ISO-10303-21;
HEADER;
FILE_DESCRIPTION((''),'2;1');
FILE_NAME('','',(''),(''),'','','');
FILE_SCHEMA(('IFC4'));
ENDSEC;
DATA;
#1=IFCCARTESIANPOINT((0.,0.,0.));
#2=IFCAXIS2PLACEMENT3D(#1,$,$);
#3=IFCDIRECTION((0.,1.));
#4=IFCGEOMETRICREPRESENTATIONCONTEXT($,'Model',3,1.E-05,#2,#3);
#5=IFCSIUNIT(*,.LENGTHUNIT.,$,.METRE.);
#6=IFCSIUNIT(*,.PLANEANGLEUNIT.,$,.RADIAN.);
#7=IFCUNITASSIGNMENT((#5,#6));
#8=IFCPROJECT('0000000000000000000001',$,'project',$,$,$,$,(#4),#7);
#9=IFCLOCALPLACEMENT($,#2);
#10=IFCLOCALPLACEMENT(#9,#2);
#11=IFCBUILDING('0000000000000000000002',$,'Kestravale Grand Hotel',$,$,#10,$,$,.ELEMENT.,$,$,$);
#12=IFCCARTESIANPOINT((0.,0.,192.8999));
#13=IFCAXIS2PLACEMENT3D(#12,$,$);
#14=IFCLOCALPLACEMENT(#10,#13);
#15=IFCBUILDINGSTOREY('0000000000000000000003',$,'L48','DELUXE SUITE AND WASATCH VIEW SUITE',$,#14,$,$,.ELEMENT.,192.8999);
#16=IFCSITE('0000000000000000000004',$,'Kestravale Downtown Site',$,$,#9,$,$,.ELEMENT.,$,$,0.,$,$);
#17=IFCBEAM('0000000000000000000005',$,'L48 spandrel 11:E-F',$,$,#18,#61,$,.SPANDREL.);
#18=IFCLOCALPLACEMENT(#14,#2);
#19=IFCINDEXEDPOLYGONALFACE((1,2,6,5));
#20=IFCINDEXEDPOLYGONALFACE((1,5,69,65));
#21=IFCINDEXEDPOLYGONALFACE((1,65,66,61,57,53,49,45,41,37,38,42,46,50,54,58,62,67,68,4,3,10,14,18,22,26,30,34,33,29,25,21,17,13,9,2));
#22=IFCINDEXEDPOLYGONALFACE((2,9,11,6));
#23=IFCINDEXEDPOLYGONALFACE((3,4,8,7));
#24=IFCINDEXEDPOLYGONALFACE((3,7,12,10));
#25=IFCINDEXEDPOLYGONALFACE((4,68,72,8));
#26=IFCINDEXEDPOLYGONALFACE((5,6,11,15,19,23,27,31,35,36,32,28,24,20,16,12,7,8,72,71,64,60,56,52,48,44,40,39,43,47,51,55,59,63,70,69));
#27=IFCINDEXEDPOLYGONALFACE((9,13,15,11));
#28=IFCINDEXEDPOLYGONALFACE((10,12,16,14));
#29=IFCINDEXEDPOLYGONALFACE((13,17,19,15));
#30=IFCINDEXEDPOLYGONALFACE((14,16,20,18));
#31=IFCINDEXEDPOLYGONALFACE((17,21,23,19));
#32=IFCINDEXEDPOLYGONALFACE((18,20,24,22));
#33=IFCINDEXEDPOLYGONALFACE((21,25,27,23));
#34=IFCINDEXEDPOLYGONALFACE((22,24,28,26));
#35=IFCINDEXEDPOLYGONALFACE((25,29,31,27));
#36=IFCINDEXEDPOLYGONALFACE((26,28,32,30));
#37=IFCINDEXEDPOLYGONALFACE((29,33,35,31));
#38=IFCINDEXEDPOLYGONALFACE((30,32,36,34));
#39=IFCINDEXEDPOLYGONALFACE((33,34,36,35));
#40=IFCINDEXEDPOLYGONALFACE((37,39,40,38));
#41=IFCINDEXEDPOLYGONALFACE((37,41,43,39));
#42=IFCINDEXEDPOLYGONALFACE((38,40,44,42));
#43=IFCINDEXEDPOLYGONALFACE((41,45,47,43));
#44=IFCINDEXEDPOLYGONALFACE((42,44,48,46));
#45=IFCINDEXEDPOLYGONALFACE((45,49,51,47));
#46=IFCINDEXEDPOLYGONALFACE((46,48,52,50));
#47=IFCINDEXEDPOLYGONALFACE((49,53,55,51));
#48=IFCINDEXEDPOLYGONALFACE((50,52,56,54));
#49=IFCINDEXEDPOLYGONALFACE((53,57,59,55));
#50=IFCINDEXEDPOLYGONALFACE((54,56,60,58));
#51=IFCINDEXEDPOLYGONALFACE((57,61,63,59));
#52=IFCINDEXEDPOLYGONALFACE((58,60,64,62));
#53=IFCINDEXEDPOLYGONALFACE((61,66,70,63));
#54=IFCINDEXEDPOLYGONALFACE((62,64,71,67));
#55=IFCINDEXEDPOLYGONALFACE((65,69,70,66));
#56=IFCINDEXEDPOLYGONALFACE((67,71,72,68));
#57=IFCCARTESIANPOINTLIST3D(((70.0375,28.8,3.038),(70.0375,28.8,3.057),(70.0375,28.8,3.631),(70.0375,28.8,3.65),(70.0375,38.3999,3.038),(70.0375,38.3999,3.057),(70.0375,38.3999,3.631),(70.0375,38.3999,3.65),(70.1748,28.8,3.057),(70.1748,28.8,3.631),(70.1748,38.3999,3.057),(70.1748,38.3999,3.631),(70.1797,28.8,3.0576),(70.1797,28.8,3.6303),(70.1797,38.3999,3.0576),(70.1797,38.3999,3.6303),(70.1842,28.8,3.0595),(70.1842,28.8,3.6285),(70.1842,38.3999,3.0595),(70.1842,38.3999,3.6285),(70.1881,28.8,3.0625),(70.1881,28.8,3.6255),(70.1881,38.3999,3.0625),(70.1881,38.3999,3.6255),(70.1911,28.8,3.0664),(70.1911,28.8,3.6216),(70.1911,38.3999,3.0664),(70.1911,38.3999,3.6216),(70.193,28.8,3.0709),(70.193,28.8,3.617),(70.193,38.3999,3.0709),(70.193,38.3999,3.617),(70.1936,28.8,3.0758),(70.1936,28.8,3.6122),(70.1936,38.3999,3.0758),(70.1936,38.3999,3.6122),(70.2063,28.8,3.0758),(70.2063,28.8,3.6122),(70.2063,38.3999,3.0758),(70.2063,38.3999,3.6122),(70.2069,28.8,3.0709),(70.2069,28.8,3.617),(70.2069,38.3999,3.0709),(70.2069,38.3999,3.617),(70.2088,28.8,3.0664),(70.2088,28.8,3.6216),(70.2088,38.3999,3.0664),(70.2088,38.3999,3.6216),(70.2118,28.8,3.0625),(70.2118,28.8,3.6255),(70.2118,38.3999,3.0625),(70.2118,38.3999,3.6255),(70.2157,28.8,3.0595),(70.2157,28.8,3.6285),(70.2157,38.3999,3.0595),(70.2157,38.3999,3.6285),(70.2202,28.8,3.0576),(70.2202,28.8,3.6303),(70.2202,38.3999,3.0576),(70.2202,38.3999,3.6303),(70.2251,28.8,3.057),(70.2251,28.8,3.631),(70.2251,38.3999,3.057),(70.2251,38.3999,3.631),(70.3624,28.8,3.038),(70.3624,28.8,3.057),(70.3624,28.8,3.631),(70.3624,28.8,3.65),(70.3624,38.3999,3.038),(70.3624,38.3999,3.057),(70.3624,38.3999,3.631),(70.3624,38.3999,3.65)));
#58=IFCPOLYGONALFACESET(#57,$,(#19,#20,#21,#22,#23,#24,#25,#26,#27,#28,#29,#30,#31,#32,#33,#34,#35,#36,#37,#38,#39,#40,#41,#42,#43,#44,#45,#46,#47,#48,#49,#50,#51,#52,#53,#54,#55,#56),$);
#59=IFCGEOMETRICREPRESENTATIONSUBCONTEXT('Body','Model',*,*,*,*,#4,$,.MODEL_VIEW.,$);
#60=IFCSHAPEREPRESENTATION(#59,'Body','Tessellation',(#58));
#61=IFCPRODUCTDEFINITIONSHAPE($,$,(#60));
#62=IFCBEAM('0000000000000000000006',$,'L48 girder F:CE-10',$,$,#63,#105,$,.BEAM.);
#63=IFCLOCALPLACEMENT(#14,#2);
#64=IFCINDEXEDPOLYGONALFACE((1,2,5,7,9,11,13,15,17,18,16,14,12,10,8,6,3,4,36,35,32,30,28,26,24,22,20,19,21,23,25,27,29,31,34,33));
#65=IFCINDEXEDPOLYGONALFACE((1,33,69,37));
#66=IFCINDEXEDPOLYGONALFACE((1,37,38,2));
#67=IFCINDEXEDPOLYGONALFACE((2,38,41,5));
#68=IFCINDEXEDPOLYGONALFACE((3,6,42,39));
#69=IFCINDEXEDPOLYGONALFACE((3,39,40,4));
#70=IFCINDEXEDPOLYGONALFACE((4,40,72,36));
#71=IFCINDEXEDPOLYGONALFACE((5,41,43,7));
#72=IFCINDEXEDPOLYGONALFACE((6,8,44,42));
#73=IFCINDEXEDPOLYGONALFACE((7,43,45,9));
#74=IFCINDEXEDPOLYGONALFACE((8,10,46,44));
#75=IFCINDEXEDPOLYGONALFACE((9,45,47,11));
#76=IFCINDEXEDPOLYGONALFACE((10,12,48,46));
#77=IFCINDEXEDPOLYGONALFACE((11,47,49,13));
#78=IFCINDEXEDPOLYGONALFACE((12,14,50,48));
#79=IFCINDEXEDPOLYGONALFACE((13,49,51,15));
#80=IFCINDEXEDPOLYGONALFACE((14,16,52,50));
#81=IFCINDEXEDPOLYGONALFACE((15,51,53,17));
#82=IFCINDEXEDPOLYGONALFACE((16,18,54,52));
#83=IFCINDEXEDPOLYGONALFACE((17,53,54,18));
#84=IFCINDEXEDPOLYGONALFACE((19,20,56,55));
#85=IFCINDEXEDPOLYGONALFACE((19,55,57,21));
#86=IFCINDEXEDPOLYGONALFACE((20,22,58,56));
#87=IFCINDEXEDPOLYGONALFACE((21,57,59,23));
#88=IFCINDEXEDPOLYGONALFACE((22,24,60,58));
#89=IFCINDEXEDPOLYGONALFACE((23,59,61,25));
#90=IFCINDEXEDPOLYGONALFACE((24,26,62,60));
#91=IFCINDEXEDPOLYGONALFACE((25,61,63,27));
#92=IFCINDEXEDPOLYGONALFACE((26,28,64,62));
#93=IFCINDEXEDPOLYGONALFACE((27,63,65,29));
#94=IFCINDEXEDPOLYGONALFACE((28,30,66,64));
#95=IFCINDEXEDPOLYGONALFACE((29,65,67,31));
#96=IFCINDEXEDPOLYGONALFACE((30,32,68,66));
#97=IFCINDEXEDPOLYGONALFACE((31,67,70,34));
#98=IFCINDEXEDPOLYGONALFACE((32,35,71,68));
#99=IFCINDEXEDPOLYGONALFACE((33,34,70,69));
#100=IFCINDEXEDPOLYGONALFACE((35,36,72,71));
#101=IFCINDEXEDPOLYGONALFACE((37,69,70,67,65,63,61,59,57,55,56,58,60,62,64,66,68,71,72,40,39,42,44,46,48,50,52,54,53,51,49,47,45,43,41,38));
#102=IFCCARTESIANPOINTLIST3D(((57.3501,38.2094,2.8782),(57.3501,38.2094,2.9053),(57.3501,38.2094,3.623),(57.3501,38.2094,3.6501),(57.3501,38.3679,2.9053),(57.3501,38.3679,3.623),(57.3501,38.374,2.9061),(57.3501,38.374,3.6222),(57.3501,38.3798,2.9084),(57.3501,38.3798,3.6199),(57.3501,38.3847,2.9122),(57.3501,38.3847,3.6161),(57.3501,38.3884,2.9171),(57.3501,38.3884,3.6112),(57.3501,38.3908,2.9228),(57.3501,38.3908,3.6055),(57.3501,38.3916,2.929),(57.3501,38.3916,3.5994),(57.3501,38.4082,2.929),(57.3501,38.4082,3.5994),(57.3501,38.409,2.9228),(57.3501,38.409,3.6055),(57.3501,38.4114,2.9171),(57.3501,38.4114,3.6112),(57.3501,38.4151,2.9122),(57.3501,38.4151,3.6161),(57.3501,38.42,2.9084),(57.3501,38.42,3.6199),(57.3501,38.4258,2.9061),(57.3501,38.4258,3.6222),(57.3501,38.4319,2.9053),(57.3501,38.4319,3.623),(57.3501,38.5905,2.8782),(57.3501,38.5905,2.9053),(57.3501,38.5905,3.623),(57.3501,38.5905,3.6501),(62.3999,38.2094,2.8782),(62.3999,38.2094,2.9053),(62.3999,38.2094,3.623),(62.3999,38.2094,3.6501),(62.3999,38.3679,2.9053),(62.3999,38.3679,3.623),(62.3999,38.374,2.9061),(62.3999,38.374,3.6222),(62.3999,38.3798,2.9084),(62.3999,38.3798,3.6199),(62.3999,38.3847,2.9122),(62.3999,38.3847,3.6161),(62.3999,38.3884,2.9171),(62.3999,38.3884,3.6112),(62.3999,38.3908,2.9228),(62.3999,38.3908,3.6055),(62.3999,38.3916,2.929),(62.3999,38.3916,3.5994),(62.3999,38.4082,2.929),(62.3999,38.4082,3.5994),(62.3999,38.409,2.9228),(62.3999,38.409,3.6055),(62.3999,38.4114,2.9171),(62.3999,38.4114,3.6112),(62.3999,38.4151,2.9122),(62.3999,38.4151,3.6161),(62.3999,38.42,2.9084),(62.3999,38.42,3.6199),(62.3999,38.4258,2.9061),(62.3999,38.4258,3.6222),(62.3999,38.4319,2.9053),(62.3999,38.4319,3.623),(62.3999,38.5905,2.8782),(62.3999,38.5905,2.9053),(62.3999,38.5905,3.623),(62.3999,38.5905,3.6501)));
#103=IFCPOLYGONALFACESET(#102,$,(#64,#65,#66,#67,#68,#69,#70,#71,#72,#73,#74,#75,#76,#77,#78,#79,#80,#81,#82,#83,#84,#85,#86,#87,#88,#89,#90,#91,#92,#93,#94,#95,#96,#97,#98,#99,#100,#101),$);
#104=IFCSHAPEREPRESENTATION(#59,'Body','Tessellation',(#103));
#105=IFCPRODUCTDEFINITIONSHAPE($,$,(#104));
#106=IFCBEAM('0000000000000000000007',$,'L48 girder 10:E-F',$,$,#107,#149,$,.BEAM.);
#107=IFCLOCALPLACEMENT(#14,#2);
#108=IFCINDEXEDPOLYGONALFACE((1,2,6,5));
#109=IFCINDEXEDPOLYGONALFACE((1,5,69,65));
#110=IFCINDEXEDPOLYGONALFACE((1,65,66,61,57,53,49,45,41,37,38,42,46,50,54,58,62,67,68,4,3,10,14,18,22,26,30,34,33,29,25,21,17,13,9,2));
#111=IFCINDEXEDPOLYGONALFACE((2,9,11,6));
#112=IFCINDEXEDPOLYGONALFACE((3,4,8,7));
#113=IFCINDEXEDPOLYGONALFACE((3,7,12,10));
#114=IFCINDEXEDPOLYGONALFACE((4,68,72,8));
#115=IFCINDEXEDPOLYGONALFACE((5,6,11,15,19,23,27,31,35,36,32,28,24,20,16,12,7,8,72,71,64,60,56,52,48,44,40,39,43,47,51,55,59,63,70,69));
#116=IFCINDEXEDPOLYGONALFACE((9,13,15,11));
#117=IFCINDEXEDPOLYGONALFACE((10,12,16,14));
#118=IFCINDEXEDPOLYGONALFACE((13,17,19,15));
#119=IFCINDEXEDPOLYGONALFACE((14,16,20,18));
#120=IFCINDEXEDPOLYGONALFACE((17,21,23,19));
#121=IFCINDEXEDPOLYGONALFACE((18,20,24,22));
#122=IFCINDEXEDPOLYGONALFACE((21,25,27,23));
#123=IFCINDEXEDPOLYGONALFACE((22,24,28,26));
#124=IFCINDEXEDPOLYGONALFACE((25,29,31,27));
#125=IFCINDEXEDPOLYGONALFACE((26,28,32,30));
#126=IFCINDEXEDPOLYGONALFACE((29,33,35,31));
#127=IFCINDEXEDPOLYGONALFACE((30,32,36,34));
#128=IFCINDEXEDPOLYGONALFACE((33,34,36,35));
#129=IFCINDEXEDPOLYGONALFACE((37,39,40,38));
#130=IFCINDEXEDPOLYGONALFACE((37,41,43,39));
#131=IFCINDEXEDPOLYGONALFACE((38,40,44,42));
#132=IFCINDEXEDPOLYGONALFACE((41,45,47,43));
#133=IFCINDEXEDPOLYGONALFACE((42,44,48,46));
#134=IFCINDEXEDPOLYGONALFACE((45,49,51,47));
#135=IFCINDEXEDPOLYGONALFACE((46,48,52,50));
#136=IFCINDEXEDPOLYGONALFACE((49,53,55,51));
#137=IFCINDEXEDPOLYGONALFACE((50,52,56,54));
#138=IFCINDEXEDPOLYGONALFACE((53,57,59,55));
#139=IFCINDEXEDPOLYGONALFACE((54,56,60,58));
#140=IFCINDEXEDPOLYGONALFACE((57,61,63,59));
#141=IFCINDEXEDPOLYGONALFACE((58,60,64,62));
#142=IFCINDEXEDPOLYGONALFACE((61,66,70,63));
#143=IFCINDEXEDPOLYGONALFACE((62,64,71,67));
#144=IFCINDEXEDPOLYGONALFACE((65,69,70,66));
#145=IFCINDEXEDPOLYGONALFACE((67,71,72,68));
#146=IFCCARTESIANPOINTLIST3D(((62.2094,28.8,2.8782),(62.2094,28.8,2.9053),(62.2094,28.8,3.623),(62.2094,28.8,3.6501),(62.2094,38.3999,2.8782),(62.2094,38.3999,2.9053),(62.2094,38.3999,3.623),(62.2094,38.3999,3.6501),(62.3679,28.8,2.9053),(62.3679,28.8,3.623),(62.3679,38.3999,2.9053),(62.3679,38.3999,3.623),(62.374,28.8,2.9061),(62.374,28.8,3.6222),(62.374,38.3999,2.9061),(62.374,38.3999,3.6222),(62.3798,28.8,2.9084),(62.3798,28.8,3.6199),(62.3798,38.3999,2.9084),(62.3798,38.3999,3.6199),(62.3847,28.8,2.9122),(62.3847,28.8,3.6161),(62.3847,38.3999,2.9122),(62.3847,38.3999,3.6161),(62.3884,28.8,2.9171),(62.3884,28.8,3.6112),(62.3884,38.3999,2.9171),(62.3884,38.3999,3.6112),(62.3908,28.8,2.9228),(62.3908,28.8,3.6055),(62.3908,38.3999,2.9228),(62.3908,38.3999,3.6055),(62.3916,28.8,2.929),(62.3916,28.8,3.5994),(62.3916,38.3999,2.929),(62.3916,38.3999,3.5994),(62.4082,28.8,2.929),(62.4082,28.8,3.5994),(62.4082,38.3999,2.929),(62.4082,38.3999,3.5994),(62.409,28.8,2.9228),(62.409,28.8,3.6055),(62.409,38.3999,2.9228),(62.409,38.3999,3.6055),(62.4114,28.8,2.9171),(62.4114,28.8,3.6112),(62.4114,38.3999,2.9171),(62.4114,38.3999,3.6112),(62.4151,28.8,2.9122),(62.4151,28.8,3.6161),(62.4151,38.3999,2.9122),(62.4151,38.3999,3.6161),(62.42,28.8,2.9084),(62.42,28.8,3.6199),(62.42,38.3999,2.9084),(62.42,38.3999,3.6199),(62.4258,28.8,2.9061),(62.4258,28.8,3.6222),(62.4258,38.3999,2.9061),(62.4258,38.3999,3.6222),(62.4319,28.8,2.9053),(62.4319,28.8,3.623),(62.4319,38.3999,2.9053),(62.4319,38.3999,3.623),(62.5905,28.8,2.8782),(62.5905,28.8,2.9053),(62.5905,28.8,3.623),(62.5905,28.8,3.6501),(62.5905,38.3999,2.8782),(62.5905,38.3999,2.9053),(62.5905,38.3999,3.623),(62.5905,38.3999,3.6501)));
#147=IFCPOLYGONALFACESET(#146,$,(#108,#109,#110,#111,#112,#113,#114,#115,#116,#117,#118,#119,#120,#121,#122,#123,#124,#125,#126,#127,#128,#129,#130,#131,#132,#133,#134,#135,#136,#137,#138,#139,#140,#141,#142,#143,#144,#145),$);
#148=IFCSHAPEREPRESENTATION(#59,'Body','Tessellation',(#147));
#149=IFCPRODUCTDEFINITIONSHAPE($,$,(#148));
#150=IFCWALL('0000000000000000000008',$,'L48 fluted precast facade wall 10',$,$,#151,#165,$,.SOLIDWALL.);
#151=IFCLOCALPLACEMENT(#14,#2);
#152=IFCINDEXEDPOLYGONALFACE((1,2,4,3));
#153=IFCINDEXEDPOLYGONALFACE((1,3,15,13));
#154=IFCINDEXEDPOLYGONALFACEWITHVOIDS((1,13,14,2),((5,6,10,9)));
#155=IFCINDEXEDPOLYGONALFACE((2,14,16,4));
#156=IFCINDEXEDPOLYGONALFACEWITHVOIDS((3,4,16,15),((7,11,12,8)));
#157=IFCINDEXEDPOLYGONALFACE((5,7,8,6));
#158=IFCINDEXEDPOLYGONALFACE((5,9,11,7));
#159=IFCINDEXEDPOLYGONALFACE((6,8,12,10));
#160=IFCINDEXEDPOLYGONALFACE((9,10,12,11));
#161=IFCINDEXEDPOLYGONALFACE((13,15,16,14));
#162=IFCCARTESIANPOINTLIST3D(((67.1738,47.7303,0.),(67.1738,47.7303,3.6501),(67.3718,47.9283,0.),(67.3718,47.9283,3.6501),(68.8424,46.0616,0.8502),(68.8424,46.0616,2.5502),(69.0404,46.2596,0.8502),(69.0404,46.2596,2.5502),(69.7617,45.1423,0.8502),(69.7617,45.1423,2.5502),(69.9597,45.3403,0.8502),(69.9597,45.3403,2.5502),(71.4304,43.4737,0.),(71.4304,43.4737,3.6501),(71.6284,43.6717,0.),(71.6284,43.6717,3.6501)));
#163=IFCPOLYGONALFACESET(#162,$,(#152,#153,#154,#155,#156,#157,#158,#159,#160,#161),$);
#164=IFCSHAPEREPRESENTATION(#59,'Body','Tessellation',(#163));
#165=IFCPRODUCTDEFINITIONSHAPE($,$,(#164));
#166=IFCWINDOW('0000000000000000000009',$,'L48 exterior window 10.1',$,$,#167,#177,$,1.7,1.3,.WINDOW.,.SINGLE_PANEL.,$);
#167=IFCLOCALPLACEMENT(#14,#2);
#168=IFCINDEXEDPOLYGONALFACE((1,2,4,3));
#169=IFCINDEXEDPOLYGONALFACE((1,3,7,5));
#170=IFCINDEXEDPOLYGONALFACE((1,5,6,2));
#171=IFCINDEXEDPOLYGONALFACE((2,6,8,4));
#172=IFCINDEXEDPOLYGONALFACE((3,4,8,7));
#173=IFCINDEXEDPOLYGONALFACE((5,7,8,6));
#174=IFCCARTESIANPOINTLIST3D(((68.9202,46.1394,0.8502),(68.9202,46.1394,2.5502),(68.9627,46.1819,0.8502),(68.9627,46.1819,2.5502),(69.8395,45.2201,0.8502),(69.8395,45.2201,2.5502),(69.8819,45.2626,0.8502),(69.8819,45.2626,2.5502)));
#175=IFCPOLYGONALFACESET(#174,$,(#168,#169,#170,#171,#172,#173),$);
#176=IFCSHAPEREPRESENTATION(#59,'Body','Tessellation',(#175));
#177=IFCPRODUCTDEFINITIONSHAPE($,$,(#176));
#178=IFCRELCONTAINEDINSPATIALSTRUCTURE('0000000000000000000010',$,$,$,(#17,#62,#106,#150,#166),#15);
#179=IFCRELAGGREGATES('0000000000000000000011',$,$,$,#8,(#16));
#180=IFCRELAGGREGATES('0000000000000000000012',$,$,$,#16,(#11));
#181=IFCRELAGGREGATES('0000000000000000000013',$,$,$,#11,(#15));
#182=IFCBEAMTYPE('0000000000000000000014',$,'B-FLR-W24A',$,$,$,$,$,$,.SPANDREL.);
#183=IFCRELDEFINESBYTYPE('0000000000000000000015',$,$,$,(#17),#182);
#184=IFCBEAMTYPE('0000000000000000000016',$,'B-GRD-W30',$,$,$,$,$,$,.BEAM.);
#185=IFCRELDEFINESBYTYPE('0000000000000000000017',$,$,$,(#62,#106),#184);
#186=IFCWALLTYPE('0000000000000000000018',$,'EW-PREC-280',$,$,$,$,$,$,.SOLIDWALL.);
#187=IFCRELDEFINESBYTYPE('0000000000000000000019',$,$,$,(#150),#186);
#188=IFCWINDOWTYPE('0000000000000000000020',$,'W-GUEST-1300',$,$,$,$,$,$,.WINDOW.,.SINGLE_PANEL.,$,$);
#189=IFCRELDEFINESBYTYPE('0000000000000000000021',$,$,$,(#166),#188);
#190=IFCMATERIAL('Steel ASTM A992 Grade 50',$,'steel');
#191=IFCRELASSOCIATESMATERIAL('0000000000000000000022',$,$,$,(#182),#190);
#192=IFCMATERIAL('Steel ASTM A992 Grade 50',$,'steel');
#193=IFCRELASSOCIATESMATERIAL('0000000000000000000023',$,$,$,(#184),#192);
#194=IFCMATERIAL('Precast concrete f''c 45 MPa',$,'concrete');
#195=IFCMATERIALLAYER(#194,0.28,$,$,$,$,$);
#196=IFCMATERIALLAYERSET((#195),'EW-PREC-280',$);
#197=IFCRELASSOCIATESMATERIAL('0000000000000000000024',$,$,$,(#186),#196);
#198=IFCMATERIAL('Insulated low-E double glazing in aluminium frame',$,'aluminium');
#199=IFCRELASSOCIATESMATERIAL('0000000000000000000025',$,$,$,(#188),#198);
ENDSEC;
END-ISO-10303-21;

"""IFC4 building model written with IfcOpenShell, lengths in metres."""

from ifc_helpers import new_model, si_unit, direction, frame, frame_2d, origin, origin_2d, place, context, subcontext, project, spatial, rectangle, i_section, extrude, material, layer, layer_set, material_profile, profile_set, type_object, element, fill, save


model = new_model("IFC4")

# Units and contexts
model_context = context("Model", 3, precision=1e-05, world=origin(), true_north=direction((0.0, 1.0)))
body_context = subcontext(model_context, "Body", "Model", "MODEL_VIEW")
ifc_project = project(units=[si_unit("LENGTHUNIT", "METRE"), si_unit("PLANEANGLEUNIT", "RADIAN")], contexts=[model_context])

# Site, building, storey
site_placement = place(None, origin())
site = spatial("IfcSite", under=ifc_project, at=site_placement, Name="Kestravale Downtown Site", CompositionType="ELEMENT", RefElevation=0.0)
building_placement = place(site_placement, origin())
building = spatial("IfcBuilding", under=site, at=building_placement, Name="Kestravale Grand Hotel", CompositionType="ELEMENT")
storey_placement = place(building_placement, frame((0.0, 0.0, 192.8999)))
storey = spatial("IfcBuildingStorey", under=building, at=storey_placement, Name="L48", Description="DELUXE SUITE AND WASATCH VIEW SUITE", CompositionType="ELEMENT", Elevation=192.8999)

# Beams
ifc_material_1 = material(Name="Steel ASTM A992 Grade 50", Category="steel")
ifc_material_profile_1 = material_profile(ifc_material_1, i_section(OverallWidth=0.325, OverallDepth=0.6121, WebThickness=0.0127, FlangeThickness=0.019, FilletRadius=0.0188, at=origin_2d()))
ifc_profile_set_1 = profile_set([ifc_material_profile_1], Name="Steel ASTM A992 Grade 50")
beam_type_1 = type_object("IfcBeamType", Name="B-FLR-W24A", PredefinedType="SPANDREL", material=ifc_profile_set_1)
beam_1_placement = place(storey_placement, frame((70.2, 28.8, 3.344), z_axis=(0.0, 1.0, 0.0), x_axis=(-1.0, 0.0, 0.0)))
element("IfcBeam", 1, at=beam_1_placement, inside=storey, type_object=beam_type_1, Name="L48 spandrel 11:E-F", PredefinedType="SPANDREL", context=body_context, shape_type="SweptSolid", body=[
    extrude(i_section(OverallWidth=0.325, OverallDepth=0.6121, WebThickness=0.0127, FlangeThickness=0.019, FilletRadius=0.0188, at=origin_2d()), origin(), (0.0, 0.0, 1.0), 9.5999),
])
ifc_material_2 = material(Name="Steel ASTM A992 Grade 50", Category="steel")
ifc_material_profile_2 = material_profile(ifc_material_2, i_section(OverallWidth=0.3811, OverallDepth=0.772, WebThickness=0.0166, FlangeThickness=0.0271, FilletRadius=0.0237, at=origin_2d()))
ifc_profile_set_2 = profile_set([ifc_material_profile_2], Name="Steel ASTM A992 Grade 50")
beam_type_2 = type_object("IfcBeamType", Name="B-GRD-W30", PredefinedType="BEAM", material=ifc_profile_set_2)
beam_2_placement = place(storey_placement, frame((57.3501, 38.3999, 3.2642), z_axis=(1.0, 0.0, 0.0), x_axis=(0.0, 1.0, 0.0)))
element("IfcBeam", 2, at=beam_2_placement, inside=storey, type_object=beam_type_2, Name="L48 girder F:CE-10", PredefinedType="BEAM", context=body_context, shape_type="SweptSolid", body=[
    extrude(i_section(OverallWidth=0.3811, OverallDepth=0.772, WebThickness=0.0166, FlangeThickness=0.0271, FilletRadius=0.0237, at=origin_2d()), origin(), (0.0, 0.0, 1.0), 5.0498),
])
beam_3_placement = place(storey_placement, frame((62.3999, 28.8, 3.2642), z_axis=(0.0, 1.0, 0.0), x_axis=(-1.0, 0.0, 0.0)))
element("IfcBeam", 3, at=beam_3_placement, inside=storey, type_object=beam_type_2, Name="L48 girder 10:E-F", PredefinedType="BEAM", context=body_context, shape_type="SweptSolid", body=[
    extrude(i_section(OverallWidth=0.3811, OverallDepth=0.772, WebThickness=0.0166, FlangeThickness=0.0271, FilletRadius=0.0237, at=origin_2d()), origin(), (0.0, 0.0, 1.0), 9.5999),
])

# Wall, opening, window
ifc_material_3 = material(Name="Precast concrete f'c 45 MPa", Category="concrete")
ifc_layer_1 = layer(ifc_material_3, 0.28)
ifc_layer_set_1 = layer_set([ifc_layer_1], Name="EW-PREC-280")
wall_type_1 = type_object("IfcWallType", Name="EW-PREC-280", PredefinedType="SOLIDWALL", material=ifc_layer_set_1)
wall_1_placement = place(storey_placement, frame((71.5293, 43.5728, 0.0), z_axis=(0.0, 0.0, 1.0), x_axis=(-0.707107, 0.707107, 0.0)))
wall_1 = element("IfcWall", 4, at=wall_1_placement, inside=storey, type_object=wall_type_1, Name="L48 fluted precast facade wall 10", PredefinedType="SOLIDWALL", context=body_context, shape_type="SweptSolid", body=[
    extrude(rectangle(XDim=6.0198, YDim=0.28, at=frame_2d((3.0098, 0.0))), origin(), (0.0, 0.0, 1.0), 3.6501),
])
opening_1_placement = place(wall_1_placement, frame((2.3599, 0.0, 0.8501)))
opening_1 = element("IfcOpeningElement", 5, at=opening_1_placement, cuts=wall_1, PredefinedType="OPENING", context=body_context, shape_type="SweptSolid", body=[
    extrude(rectangle(XDim=1.3, YDim=1.7, at=frame_2d((0.6499, 0.8501))), frame((0.0, 0.1499, 0.0), z_axis=(0.0, -1.0, 0.0), x_axis=(1.0, 0.0, 0.0)), (0.0, 0.0, 1.0), 0.3),
])
ifc_material_4 = material(Name="Insulated low-E double glazing in aluminium frame", Category="aluminium")
window_type = type_object("IfcWindowType", Name="W-GUEST-1300", PartitioningType="SINGLE_PANEL", PredefinedType="WINDOW", material=ifc_material_4)
window_1_placement = place(opening_1_placement, origin())
window_1 = element("IfcWindow", 6, at=window_1_placement, inside=storey, type_object=window_type, Name="L48 exterior window 10.1", OverallHeight=1.7, OverallWidth=1.3, PartitioningType="SINGLE_PANEL", PredefinedType="WINDOW", context=body_context, shape_type="SweptSolid", body=[
    extrude(rectangle(XDim=1.3, YDim=1.7, at=frame_2d((0.6499, 0.8501))), frame((0.0, 0.03, 0.0), z_axis=(0.0, -1.0, 0.0), x_axis=(1.0, 0.0, 0.0)), (0.0, 0.0, 1.0), 0.0601),
])
fill(opening_1, window_1)

save(model, "model.ifc")
